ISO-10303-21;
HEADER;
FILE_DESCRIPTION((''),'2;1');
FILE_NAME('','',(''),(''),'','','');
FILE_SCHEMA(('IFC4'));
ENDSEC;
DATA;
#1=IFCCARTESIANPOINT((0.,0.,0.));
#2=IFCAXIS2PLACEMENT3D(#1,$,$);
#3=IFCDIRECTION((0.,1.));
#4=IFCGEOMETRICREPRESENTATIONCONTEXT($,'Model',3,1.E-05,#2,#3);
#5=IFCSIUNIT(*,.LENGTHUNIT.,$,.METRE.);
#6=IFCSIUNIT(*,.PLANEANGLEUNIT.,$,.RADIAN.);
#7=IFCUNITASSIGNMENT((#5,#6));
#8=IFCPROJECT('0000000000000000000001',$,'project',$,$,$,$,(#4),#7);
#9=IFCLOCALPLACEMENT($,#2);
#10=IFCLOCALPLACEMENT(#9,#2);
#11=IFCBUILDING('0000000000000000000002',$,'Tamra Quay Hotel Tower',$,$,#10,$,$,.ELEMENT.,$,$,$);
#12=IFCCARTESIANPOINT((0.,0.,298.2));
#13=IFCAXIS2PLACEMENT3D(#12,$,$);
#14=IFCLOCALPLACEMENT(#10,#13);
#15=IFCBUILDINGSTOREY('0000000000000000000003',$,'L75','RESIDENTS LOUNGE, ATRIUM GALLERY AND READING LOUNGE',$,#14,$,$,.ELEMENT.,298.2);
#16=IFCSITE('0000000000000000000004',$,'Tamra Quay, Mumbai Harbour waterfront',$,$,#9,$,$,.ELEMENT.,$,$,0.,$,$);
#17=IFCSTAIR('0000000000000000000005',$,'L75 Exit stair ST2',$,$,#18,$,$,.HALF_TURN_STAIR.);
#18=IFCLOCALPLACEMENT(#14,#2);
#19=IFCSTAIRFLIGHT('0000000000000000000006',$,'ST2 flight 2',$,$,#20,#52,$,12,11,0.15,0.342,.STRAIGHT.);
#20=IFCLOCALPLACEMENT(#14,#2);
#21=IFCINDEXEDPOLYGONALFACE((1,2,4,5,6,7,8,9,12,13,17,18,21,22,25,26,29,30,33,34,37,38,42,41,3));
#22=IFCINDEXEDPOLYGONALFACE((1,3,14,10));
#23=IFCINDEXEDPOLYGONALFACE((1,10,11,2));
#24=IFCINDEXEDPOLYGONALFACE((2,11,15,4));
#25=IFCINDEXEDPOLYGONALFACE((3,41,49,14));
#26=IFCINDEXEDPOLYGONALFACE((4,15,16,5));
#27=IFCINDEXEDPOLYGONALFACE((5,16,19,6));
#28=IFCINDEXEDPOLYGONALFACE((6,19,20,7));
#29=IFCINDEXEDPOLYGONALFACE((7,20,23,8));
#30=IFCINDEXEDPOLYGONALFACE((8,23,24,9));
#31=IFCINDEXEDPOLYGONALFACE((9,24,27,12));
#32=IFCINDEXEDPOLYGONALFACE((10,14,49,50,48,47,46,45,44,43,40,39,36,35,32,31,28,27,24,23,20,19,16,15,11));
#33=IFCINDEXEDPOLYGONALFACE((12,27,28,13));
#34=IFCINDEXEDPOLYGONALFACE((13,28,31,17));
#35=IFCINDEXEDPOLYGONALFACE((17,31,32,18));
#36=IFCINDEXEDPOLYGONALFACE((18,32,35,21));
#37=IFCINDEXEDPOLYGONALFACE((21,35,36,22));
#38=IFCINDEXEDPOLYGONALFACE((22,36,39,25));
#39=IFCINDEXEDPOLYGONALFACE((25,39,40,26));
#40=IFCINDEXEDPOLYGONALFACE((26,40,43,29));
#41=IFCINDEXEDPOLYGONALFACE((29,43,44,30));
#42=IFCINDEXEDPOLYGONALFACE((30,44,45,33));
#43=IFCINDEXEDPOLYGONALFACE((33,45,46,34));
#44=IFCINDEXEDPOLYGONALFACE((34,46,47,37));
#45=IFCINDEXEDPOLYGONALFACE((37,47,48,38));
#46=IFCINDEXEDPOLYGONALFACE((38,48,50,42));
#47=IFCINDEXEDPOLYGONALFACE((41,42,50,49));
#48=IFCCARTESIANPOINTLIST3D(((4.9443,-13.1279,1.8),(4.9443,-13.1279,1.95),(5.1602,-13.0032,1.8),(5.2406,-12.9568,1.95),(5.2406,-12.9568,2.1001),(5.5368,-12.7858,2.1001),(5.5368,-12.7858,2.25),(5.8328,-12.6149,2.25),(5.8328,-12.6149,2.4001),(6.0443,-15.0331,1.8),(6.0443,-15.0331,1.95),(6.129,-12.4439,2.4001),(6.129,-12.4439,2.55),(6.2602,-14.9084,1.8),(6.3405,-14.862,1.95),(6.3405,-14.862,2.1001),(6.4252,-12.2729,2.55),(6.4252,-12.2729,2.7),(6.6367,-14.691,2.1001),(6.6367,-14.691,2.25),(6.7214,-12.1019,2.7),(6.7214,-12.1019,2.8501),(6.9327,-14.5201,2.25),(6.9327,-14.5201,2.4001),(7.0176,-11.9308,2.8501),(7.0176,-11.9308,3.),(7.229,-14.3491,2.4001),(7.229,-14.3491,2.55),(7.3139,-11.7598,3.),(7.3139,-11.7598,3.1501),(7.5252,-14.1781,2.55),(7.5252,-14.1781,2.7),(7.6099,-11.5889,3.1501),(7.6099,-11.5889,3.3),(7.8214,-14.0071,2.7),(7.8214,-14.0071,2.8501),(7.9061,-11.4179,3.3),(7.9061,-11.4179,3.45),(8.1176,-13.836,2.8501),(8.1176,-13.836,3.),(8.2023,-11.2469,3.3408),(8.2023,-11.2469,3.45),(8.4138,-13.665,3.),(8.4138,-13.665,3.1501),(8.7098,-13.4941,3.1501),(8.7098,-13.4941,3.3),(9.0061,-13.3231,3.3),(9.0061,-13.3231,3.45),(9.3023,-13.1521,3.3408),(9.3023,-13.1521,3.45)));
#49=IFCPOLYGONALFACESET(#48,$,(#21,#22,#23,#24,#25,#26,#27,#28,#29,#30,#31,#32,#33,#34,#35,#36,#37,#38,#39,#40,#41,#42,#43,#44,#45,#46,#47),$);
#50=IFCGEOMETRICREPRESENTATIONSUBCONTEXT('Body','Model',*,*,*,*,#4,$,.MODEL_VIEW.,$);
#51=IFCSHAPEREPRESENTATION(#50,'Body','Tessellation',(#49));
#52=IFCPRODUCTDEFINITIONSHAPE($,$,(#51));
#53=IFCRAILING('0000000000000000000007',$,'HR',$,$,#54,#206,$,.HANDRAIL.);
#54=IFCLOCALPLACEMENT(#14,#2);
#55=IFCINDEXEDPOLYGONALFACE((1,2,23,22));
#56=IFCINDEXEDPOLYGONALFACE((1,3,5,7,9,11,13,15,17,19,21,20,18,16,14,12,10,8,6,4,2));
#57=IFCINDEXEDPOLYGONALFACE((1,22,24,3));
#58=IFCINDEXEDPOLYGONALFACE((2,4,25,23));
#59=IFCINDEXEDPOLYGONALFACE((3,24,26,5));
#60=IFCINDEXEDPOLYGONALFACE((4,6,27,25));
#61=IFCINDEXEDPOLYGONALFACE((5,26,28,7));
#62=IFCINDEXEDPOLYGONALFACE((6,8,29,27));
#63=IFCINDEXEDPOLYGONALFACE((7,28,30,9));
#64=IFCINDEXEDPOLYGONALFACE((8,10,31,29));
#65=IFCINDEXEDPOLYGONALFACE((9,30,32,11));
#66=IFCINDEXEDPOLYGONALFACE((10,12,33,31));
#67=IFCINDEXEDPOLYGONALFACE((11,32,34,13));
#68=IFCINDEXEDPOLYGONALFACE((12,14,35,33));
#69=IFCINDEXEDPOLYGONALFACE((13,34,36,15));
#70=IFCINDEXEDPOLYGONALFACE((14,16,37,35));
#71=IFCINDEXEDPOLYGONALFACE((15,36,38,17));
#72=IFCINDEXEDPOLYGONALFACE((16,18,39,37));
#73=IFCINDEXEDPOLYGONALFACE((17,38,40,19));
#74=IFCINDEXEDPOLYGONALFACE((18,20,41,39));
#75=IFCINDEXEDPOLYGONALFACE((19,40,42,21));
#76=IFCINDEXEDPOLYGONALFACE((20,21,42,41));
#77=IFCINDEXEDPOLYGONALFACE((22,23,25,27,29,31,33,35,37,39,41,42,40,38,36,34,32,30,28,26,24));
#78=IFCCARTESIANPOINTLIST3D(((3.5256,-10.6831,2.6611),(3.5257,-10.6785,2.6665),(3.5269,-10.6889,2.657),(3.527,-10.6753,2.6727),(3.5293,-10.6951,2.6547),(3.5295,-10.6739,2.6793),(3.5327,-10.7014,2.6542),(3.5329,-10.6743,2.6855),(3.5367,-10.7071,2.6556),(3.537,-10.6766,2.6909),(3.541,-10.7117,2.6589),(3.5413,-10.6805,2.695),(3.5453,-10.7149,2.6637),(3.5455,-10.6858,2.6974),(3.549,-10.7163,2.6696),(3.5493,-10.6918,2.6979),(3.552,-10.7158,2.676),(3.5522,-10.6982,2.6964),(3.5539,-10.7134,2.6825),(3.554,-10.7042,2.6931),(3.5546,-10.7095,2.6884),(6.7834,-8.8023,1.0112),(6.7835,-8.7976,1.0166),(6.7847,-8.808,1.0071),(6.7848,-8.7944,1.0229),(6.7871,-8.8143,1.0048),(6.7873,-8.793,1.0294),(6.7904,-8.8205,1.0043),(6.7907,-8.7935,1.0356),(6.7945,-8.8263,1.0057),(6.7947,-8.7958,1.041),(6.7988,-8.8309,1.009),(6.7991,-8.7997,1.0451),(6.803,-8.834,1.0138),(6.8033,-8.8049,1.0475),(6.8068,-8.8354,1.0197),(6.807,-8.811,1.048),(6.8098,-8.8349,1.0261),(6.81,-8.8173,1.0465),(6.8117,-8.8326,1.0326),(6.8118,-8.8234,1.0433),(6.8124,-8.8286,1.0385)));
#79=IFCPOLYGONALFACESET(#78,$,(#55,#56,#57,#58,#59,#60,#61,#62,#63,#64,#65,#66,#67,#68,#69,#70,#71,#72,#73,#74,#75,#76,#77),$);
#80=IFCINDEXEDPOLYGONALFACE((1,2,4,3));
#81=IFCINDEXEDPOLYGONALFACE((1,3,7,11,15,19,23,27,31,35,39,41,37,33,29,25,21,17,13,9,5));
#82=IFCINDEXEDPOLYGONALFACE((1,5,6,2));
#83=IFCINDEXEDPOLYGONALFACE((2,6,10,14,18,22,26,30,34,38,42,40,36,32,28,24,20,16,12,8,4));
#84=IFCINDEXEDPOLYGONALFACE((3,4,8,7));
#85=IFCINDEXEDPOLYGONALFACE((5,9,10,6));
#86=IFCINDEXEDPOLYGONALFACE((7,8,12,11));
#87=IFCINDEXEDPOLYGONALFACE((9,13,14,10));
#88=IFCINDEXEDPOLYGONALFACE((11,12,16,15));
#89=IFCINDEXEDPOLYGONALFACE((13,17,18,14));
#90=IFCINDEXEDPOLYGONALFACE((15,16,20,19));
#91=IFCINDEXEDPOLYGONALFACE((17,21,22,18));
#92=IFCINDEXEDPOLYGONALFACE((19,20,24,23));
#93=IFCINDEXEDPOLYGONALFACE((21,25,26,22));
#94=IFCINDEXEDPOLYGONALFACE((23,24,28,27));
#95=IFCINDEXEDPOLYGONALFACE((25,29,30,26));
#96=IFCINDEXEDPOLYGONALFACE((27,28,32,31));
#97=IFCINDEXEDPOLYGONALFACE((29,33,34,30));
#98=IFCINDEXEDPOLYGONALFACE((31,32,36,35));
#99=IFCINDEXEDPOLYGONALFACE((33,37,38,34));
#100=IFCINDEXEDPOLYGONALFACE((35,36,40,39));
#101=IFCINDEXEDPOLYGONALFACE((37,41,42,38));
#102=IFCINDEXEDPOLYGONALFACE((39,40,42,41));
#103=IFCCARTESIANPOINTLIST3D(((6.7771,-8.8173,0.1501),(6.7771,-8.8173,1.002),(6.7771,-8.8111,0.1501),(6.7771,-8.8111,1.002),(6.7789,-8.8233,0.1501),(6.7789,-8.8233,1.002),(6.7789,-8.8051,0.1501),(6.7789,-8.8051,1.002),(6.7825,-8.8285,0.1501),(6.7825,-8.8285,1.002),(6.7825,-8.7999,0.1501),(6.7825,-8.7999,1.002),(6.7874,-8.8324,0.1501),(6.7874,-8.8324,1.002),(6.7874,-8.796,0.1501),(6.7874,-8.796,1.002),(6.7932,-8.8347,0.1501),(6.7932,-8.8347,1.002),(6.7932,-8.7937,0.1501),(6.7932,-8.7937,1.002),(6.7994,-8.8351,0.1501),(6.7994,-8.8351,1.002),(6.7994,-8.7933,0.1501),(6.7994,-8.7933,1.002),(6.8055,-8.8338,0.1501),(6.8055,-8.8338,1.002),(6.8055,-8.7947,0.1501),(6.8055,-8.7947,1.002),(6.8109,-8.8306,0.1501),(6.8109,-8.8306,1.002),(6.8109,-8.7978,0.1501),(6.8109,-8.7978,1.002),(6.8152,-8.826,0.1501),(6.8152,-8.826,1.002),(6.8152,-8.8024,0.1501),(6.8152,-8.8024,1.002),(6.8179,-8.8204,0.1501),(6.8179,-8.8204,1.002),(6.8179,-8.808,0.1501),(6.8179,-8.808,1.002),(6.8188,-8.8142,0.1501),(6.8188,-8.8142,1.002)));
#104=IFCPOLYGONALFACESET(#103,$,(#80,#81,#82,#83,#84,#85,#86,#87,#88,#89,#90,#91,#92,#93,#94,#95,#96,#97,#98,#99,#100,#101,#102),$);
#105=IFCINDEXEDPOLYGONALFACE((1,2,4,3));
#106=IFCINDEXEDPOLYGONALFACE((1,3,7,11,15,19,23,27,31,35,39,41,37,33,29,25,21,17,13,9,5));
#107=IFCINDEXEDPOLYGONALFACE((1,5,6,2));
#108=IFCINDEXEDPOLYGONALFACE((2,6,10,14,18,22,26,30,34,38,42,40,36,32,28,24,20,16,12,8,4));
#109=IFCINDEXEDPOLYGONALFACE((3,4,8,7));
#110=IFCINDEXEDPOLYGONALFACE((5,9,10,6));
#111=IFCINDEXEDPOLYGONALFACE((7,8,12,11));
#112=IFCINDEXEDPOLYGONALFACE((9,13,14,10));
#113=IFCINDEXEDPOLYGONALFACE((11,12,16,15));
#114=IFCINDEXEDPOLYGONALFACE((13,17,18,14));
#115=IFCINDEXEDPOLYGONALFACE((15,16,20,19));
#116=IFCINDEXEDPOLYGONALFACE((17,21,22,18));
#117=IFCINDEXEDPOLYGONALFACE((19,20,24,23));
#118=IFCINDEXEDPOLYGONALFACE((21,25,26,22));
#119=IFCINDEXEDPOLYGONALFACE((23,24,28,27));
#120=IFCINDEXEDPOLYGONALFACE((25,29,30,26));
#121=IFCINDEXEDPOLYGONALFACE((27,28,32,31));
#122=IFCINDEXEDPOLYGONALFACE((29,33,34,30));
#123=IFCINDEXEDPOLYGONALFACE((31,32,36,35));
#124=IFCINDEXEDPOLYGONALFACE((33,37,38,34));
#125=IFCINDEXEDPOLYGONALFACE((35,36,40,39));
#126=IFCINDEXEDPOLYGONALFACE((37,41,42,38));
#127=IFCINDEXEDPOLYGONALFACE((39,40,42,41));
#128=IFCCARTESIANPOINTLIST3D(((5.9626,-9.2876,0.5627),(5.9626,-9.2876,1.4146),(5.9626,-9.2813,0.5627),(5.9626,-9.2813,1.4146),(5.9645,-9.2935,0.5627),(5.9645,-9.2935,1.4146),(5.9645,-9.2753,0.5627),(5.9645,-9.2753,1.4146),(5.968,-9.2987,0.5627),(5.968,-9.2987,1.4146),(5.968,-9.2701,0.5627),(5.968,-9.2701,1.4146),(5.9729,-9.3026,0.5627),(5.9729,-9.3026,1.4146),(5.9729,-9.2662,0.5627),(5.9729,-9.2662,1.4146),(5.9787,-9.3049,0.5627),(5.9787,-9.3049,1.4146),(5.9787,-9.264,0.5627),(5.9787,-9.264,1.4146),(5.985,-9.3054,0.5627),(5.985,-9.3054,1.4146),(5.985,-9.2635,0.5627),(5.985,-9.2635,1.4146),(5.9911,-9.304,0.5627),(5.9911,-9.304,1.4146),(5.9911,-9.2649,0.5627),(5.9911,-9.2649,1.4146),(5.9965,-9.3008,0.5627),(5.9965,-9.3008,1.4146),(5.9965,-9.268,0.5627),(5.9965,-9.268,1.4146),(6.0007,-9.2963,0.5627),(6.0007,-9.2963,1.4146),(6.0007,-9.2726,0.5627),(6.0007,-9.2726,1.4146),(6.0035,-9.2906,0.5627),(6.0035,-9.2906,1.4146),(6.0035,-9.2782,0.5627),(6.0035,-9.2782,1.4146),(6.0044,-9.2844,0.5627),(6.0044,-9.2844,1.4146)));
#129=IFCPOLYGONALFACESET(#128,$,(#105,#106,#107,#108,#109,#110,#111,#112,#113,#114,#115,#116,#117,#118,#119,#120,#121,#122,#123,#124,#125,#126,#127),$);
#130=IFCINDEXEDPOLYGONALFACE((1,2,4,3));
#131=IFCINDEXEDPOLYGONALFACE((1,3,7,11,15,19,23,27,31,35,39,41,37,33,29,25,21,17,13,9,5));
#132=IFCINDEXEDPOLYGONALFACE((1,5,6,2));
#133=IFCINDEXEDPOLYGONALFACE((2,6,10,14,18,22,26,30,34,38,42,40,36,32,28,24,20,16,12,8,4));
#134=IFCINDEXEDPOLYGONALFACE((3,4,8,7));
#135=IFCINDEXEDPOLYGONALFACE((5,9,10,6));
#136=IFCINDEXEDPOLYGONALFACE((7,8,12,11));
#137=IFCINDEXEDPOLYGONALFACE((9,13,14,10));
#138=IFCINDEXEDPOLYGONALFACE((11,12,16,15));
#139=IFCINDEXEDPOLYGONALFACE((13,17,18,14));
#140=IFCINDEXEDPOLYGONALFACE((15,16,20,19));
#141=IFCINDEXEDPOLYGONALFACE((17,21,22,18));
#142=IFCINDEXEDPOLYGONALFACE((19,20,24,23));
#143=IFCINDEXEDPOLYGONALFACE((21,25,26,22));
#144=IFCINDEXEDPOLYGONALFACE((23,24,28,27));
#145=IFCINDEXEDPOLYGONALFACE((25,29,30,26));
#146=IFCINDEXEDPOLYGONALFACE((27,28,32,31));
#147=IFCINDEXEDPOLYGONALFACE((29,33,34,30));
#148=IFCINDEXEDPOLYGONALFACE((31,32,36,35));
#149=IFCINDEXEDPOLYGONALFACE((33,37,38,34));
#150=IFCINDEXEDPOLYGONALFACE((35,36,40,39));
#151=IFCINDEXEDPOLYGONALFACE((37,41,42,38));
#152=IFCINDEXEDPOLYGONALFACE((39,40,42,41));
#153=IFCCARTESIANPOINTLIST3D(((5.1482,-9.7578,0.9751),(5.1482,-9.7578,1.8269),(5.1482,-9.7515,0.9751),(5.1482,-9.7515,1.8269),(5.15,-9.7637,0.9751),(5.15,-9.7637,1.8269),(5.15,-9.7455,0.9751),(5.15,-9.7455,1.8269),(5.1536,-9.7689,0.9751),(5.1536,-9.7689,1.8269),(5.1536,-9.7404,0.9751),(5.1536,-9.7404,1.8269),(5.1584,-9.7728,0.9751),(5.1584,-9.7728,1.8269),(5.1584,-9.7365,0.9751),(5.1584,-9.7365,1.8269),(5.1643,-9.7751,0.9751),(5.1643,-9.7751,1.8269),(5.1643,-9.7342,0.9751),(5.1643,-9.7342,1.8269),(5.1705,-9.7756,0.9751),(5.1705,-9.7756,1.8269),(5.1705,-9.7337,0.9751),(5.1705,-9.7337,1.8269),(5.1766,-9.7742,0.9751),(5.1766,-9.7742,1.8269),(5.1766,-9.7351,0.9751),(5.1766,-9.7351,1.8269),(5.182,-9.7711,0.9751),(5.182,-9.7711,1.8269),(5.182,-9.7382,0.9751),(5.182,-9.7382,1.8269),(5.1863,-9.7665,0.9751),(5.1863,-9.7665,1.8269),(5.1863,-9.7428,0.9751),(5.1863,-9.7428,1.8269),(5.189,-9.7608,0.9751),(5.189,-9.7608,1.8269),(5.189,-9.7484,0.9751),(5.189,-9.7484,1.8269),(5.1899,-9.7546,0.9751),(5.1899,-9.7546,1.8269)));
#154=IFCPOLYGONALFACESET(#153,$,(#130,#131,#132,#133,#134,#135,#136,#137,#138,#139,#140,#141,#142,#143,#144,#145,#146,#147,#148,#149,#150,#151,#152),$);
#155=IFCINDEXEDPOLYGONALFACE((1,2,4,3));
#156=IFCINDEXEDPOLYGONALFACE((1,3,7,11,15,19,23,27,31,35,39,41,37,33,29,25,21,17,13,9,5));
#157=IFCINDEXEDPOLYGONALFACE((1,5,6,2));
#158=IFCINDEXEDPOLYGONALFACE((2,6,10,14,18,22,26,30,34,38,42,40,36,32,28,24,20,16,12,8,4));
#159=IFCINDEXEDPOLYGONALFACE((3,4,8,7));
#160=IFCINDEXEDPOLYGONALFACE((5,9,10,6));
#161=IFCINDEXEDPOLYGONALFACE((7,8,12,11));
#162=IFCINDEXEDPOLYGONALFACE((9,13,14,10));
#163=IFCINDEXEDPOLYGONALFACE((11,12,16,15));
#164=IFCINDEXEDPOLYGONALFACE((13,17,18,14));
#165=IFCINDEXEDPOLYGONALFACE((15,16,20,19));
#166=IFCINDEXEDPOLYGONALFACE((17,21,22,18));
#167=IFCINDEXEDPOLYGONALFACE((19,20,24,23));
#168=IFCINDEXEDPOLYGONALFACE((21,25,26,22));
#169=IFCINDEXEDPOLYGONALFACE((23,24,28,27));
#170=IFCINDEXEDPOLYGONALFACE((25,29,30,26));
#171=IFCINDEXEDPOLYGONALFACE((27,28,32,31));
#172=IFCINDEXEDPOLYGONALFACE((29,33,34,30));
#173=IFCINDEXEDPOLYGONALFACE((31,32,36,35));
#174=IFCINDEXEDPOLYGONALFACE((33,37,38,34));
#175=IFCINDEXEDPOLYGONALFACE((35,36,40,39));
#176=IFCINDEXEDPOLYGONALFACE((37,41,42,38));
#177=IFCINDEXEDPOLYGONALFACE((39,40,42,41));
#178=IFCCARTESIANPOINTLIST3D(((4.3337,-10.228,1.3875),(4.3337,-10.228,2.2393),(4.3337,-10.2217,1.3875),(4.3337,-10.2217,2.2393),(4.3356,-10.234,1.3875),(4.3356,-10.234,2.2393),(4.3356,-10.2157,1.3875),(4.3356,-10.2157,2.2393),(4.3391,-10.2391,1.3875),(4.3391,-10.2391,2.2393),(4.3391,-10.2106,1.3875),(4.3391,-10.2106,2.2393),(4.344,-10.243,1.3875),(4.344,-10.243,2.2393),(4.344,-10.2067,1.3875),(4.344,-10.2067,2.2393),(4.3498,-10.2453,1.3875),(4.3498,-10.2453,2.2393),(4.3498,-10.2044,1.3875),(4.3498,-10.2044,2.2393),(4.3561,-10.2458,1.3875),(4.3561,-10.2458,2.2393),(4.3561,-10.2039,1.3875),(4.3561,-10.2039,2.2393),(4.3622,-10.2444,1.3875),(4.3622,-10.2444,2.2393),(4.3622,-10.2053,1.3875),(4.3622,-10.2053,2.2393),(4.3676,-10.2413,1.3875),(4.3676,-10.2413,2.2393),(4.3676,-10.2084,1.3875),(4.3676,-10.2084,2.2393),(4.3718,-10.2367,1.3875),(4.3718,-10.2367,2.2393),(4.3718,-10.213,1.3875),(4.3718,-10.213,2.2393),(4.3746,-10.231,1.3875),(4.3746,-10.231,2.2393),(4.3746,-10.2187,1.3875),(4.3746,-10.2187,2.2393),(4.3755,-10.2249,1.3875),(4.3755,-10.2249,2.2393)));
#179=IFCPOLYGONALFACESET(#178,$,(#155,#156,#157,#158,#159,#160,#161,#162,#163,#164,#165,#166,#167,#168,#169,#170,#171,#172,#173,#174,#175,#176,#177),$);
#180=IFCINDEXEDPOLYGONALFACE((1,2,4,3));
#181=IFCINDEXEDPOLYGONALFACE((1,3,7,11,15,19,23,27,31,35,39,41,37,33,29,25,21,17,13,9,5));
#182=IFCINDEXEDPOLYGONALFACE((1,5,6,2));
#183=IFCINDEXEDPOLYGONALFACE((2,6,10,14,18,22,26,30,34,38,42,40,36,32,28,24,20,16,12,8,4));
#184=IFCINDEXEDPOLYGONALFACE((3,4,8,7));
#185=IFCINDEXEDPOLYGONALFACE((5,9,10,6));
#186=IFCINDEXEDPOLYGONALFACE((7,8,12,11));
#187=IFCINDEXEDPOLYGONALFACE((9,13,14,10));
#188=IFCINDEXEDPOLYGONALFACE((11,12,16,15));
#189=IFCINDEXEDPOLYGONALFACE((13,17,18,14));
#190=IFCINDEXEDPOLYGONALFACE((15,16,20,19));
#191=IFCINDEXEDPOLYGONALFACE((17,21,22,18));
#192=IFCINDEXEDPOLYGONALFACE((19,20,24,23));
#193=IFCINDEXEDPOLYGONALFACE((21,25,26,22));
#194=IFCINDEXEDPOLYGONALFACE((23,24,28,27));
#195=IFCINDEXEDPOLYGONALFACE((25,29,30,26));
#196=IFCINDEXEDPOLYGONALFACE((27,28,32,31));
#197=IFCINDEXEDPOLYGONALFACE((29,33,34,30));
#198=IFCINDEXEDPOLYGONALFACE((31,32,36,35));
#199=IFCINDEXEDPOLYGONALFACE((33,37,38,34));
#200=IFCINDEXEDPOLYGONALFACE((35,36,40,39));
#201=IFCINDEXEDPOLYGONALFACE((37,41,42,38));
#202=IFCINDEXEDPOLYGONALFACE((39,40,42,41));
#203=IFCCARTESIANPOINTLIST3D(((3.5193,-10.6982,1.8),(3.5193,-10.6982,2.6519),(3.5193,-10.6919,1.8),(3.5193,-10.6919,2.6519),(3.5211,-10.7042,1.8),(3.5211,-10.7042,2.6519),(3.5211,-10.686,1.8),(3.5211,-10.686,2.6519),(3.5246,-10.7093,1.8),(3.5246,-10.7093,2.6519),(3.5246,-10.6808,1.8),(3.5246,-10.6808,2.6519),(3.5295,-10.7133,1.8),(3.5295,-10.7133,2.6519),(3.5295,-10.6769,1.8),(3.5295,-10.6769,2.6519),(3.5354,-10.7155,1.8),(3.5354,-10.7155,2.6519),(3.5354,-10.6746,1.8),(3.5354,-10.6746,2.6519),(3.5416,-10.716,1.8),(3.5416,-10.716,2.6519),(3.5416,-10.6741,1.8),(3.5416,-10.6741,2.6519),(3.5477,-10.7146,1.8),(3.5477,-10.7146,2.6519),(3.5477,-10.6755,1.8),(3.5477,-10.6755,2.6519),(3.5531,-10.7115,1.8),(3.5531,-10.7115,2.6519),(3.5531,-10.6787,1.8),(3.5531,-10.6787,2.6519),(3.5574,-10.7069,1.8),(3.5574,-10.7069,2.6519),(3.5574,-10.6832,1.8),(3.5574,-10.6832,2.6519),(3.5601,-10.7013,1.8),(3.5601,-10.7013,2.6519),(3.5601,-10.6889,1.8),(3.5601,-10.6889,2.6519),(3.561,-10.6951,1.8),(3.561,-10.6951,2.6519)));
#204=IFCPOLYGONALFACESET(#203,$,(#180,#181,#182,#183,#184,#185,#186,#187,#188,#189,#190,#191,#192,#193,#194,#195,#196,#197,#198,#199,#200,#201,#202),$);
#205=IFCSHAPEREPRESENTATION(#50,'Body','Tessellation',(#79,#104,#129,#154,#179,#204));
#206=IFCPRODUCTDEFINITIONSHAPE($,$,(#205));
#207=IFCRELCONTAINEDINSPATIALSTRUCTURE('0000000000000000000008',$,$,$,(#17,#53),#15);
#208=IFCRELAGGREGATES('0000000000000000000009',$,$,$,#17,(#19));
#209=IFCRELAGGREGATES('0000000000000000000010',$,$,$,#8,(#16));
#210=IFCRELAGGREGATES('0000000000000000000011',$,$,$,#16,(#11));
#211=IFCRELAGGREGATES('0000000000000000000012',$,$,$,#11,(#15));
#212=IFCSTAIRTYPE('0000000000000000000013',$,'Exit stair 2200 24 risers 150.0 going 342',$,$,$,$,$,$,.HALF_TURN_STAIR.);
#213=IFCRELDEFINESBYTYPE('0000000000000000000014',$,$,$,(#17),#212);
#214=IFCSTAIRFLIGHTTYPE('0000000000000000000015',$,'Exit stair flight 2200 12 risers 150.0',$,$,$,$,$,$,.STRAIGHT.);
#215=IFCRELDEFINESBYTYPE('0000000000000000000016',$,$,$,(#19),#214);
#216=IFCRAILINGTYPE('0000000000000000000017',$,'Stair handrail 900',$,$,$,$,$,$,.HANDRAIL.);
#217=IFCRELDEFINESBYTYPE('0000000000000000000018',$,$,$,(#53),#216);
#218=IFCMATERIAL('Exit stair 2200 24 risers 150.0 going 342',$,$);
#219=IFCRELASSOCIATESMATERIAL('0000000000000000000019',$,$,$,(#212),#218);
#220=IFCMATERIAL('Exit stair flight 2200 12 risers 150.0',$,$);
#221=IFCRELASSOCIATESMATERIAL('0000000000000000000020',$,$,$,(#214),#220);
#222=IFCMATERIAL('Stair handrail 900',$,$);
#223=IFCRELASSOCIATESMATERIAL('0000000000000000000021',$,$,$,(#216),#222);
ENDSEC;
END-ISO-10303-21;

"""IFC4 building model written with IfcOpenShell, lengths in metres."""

from ifc_helpers import new_model, si_unit, direction, frame, origin, origin_2d, place, context, subcontext, project, spatial, polyline, circle, outline, extrude, material, type_object, element, aggregate, save


model = new_model("IFC4")

# Units and contexts
model_context = context("Model", 3, precision=1e-05, world=origin(), true_north=direction((0.0, 1.0)))
body_context = subcontext(model_context, "Body", "Model", "MODEL_VIEW")
ifc_project = project(units=[si_unit("LENGTHUNIT", "METRE"), si_unit("PLANEANGLEUNIT", "RADIAN")], contexts=[model_context])

# Site, building, storey
site_placement = place(None, origin())
site = spatial("IfcSite", under=ifc_project, at=site_placement, Name="Tamra Quay, Mumbai Harbour waterfront", CompositionType="ELEMENT", RefElevation=0.0)
building_placement = place(site_placement, origin())
building = spatial("IfcBuilding", under=site, at=building_placement, Name="Tamra Quay Hotel Tower", CompositionType="ELEMENT")
storey_placement = place(building_placement, frame((0.0, 0.0, 298.2)))
storey = spatial("IfcBuildingStorey", under=building, at=storey_placement, Name="L75", Description="RESIDENTS LOUNGE, ATRIUM GALLERY AND READING LOUNGE", CompositionType="ELEMENT", Elevation=298.2)

# Stair, stair flight
ifc_material_1 = material(Name="Exit stair 2200 24 risers 150.0 going 342")
stair_type = type_object("IfcStairType", Name="Exit stair 2200 24 risers 150.0 going 342", PredefinedType="HALF_TURN_STAIR", material=ifc_material_1)
stair_placement = place(storey_placement, origin())
stair = element("IfcStair", 1, at=stair_placement, inside=storey, type_object=stair_type, Name="L75 Exit stair ST2", PredefinedType="HALF_TURN_STAIR")
ifc_material_2 = material(Name="Exit stair flight 2200 12 risers 150.0")
stair_flight_type = type_object("IfcStairFlightType", Name="Exit stair flight 2200 12 risers 150.0", PredefinedType="STRAIGHT", material=ifc_material_2)
stair_flight_1_placement = place(storey_placement, frame((5.4944, -14.0806, 1.8), z_axis=(0.0, 0.0, 1.0), x_axis=(0.866025, 0.5, 0.0)))
stair_flight_1 = element("IfcStairFlight", 2, at=stair_flight_1_placement, type_object=stair_flight_type, Name="ST2 flight 2", NumberOfRisers=12, NumberOfTreads=11, PredefinedType="STRAIGHT", RiserHeight=0.15, TreadLength=0.342, context=body_context, shape_type="SweptSolid", body=[
    extrude(outline(polyline([(0.0, 0.0), (0.0, 0.1499), (0.342, 0.1499), (0.342, 0.3), (0.6841, 0.3), (0.6841, 0.45), (1.0259, 0.45), (1.0259, 0.6001), (1.3679, 0.6001), (1.3679, 0.75), (1.71, 0.75), (1.71, 0.8999), (2.052, 0.8999), (2.052, 1.05), (2.394, 1.05), (2.394, 1.2), (2.7361, 1.2), (2.7361, 1.3501), (3.0779, 1.3501), (3.0779, 1.5), (3.4199, 1.5), (3.4199, 1.6499), (3.762, 1.6499), (3.762, 1.8), (3.762, 1.5408), (0.2493, 0.0), (0.0, 0.0)])), frame((0.0, 1.1001, 0.0), z_axis=(0.0, -1.0, 0.0), x_axis=(1.0, 0.0, 0.0)), (0.0, 0.0, 1.0), 2.2),
])
aggregate(stair, [stair_flight_1])

# Railing
ifc_material_3 = material(Name="Stair handrail 900")
railing_type_1 = type_object("IfcRailingType", Name="Stair handrail 900", PredefinedType="HANDRAIL", material=ifc_material_3)
railing_1_placement = place(storey_placement, frame((6.7979, -8.8142, 0.1501)))
element("IfcRailing", 3, at=railing_1_placement, inside=storey, type_object=railing_type_1, Name="HR", PredefinedType="HANDRAIL", context=body_context, shape_type="SweptSolid", body=[
    extrude(circle(Radius=0.0239, at=origin_2d()), frame((0.0, 0.0, 0.876), z_axis=(-0.7931, -0.457887, 0.401661), x_axis=(0.499992, -0.86603, 0.0)), (0.0, 0.0, 1.0), 4.1077),
    extrude(circle(Radius=0.021, at=origin_2d()), origin(), (0.0, 0.0, 1.0), 0.8518),
    extrude(circle(Radius=0.021, at=origin_2d()), frame((-0.8145, -0.4702, 0.4126)), (0.0, 0.0, 1.0), 0.8518),
    extrude(circle(Radius=0.021, at=origin_2d()), frame((-1.6289, -0.9404, 0.825)), (0.0, 0.0, 1.0), 0.8518),
    extrude(circle(Radius=0.021, at=origin_2d()), frame((-2.4434, -1.4106, 1.2373)), (0.0, 0.0, 1.0), 0.8518),
    extrude(circle(Radius=0.021, at=origin_2d()), frame((-3.2578, -1.8809, 1.6499)), (0.0, 0.0, 1.0), 0.8518),
])

save(model, "model.ifc")
